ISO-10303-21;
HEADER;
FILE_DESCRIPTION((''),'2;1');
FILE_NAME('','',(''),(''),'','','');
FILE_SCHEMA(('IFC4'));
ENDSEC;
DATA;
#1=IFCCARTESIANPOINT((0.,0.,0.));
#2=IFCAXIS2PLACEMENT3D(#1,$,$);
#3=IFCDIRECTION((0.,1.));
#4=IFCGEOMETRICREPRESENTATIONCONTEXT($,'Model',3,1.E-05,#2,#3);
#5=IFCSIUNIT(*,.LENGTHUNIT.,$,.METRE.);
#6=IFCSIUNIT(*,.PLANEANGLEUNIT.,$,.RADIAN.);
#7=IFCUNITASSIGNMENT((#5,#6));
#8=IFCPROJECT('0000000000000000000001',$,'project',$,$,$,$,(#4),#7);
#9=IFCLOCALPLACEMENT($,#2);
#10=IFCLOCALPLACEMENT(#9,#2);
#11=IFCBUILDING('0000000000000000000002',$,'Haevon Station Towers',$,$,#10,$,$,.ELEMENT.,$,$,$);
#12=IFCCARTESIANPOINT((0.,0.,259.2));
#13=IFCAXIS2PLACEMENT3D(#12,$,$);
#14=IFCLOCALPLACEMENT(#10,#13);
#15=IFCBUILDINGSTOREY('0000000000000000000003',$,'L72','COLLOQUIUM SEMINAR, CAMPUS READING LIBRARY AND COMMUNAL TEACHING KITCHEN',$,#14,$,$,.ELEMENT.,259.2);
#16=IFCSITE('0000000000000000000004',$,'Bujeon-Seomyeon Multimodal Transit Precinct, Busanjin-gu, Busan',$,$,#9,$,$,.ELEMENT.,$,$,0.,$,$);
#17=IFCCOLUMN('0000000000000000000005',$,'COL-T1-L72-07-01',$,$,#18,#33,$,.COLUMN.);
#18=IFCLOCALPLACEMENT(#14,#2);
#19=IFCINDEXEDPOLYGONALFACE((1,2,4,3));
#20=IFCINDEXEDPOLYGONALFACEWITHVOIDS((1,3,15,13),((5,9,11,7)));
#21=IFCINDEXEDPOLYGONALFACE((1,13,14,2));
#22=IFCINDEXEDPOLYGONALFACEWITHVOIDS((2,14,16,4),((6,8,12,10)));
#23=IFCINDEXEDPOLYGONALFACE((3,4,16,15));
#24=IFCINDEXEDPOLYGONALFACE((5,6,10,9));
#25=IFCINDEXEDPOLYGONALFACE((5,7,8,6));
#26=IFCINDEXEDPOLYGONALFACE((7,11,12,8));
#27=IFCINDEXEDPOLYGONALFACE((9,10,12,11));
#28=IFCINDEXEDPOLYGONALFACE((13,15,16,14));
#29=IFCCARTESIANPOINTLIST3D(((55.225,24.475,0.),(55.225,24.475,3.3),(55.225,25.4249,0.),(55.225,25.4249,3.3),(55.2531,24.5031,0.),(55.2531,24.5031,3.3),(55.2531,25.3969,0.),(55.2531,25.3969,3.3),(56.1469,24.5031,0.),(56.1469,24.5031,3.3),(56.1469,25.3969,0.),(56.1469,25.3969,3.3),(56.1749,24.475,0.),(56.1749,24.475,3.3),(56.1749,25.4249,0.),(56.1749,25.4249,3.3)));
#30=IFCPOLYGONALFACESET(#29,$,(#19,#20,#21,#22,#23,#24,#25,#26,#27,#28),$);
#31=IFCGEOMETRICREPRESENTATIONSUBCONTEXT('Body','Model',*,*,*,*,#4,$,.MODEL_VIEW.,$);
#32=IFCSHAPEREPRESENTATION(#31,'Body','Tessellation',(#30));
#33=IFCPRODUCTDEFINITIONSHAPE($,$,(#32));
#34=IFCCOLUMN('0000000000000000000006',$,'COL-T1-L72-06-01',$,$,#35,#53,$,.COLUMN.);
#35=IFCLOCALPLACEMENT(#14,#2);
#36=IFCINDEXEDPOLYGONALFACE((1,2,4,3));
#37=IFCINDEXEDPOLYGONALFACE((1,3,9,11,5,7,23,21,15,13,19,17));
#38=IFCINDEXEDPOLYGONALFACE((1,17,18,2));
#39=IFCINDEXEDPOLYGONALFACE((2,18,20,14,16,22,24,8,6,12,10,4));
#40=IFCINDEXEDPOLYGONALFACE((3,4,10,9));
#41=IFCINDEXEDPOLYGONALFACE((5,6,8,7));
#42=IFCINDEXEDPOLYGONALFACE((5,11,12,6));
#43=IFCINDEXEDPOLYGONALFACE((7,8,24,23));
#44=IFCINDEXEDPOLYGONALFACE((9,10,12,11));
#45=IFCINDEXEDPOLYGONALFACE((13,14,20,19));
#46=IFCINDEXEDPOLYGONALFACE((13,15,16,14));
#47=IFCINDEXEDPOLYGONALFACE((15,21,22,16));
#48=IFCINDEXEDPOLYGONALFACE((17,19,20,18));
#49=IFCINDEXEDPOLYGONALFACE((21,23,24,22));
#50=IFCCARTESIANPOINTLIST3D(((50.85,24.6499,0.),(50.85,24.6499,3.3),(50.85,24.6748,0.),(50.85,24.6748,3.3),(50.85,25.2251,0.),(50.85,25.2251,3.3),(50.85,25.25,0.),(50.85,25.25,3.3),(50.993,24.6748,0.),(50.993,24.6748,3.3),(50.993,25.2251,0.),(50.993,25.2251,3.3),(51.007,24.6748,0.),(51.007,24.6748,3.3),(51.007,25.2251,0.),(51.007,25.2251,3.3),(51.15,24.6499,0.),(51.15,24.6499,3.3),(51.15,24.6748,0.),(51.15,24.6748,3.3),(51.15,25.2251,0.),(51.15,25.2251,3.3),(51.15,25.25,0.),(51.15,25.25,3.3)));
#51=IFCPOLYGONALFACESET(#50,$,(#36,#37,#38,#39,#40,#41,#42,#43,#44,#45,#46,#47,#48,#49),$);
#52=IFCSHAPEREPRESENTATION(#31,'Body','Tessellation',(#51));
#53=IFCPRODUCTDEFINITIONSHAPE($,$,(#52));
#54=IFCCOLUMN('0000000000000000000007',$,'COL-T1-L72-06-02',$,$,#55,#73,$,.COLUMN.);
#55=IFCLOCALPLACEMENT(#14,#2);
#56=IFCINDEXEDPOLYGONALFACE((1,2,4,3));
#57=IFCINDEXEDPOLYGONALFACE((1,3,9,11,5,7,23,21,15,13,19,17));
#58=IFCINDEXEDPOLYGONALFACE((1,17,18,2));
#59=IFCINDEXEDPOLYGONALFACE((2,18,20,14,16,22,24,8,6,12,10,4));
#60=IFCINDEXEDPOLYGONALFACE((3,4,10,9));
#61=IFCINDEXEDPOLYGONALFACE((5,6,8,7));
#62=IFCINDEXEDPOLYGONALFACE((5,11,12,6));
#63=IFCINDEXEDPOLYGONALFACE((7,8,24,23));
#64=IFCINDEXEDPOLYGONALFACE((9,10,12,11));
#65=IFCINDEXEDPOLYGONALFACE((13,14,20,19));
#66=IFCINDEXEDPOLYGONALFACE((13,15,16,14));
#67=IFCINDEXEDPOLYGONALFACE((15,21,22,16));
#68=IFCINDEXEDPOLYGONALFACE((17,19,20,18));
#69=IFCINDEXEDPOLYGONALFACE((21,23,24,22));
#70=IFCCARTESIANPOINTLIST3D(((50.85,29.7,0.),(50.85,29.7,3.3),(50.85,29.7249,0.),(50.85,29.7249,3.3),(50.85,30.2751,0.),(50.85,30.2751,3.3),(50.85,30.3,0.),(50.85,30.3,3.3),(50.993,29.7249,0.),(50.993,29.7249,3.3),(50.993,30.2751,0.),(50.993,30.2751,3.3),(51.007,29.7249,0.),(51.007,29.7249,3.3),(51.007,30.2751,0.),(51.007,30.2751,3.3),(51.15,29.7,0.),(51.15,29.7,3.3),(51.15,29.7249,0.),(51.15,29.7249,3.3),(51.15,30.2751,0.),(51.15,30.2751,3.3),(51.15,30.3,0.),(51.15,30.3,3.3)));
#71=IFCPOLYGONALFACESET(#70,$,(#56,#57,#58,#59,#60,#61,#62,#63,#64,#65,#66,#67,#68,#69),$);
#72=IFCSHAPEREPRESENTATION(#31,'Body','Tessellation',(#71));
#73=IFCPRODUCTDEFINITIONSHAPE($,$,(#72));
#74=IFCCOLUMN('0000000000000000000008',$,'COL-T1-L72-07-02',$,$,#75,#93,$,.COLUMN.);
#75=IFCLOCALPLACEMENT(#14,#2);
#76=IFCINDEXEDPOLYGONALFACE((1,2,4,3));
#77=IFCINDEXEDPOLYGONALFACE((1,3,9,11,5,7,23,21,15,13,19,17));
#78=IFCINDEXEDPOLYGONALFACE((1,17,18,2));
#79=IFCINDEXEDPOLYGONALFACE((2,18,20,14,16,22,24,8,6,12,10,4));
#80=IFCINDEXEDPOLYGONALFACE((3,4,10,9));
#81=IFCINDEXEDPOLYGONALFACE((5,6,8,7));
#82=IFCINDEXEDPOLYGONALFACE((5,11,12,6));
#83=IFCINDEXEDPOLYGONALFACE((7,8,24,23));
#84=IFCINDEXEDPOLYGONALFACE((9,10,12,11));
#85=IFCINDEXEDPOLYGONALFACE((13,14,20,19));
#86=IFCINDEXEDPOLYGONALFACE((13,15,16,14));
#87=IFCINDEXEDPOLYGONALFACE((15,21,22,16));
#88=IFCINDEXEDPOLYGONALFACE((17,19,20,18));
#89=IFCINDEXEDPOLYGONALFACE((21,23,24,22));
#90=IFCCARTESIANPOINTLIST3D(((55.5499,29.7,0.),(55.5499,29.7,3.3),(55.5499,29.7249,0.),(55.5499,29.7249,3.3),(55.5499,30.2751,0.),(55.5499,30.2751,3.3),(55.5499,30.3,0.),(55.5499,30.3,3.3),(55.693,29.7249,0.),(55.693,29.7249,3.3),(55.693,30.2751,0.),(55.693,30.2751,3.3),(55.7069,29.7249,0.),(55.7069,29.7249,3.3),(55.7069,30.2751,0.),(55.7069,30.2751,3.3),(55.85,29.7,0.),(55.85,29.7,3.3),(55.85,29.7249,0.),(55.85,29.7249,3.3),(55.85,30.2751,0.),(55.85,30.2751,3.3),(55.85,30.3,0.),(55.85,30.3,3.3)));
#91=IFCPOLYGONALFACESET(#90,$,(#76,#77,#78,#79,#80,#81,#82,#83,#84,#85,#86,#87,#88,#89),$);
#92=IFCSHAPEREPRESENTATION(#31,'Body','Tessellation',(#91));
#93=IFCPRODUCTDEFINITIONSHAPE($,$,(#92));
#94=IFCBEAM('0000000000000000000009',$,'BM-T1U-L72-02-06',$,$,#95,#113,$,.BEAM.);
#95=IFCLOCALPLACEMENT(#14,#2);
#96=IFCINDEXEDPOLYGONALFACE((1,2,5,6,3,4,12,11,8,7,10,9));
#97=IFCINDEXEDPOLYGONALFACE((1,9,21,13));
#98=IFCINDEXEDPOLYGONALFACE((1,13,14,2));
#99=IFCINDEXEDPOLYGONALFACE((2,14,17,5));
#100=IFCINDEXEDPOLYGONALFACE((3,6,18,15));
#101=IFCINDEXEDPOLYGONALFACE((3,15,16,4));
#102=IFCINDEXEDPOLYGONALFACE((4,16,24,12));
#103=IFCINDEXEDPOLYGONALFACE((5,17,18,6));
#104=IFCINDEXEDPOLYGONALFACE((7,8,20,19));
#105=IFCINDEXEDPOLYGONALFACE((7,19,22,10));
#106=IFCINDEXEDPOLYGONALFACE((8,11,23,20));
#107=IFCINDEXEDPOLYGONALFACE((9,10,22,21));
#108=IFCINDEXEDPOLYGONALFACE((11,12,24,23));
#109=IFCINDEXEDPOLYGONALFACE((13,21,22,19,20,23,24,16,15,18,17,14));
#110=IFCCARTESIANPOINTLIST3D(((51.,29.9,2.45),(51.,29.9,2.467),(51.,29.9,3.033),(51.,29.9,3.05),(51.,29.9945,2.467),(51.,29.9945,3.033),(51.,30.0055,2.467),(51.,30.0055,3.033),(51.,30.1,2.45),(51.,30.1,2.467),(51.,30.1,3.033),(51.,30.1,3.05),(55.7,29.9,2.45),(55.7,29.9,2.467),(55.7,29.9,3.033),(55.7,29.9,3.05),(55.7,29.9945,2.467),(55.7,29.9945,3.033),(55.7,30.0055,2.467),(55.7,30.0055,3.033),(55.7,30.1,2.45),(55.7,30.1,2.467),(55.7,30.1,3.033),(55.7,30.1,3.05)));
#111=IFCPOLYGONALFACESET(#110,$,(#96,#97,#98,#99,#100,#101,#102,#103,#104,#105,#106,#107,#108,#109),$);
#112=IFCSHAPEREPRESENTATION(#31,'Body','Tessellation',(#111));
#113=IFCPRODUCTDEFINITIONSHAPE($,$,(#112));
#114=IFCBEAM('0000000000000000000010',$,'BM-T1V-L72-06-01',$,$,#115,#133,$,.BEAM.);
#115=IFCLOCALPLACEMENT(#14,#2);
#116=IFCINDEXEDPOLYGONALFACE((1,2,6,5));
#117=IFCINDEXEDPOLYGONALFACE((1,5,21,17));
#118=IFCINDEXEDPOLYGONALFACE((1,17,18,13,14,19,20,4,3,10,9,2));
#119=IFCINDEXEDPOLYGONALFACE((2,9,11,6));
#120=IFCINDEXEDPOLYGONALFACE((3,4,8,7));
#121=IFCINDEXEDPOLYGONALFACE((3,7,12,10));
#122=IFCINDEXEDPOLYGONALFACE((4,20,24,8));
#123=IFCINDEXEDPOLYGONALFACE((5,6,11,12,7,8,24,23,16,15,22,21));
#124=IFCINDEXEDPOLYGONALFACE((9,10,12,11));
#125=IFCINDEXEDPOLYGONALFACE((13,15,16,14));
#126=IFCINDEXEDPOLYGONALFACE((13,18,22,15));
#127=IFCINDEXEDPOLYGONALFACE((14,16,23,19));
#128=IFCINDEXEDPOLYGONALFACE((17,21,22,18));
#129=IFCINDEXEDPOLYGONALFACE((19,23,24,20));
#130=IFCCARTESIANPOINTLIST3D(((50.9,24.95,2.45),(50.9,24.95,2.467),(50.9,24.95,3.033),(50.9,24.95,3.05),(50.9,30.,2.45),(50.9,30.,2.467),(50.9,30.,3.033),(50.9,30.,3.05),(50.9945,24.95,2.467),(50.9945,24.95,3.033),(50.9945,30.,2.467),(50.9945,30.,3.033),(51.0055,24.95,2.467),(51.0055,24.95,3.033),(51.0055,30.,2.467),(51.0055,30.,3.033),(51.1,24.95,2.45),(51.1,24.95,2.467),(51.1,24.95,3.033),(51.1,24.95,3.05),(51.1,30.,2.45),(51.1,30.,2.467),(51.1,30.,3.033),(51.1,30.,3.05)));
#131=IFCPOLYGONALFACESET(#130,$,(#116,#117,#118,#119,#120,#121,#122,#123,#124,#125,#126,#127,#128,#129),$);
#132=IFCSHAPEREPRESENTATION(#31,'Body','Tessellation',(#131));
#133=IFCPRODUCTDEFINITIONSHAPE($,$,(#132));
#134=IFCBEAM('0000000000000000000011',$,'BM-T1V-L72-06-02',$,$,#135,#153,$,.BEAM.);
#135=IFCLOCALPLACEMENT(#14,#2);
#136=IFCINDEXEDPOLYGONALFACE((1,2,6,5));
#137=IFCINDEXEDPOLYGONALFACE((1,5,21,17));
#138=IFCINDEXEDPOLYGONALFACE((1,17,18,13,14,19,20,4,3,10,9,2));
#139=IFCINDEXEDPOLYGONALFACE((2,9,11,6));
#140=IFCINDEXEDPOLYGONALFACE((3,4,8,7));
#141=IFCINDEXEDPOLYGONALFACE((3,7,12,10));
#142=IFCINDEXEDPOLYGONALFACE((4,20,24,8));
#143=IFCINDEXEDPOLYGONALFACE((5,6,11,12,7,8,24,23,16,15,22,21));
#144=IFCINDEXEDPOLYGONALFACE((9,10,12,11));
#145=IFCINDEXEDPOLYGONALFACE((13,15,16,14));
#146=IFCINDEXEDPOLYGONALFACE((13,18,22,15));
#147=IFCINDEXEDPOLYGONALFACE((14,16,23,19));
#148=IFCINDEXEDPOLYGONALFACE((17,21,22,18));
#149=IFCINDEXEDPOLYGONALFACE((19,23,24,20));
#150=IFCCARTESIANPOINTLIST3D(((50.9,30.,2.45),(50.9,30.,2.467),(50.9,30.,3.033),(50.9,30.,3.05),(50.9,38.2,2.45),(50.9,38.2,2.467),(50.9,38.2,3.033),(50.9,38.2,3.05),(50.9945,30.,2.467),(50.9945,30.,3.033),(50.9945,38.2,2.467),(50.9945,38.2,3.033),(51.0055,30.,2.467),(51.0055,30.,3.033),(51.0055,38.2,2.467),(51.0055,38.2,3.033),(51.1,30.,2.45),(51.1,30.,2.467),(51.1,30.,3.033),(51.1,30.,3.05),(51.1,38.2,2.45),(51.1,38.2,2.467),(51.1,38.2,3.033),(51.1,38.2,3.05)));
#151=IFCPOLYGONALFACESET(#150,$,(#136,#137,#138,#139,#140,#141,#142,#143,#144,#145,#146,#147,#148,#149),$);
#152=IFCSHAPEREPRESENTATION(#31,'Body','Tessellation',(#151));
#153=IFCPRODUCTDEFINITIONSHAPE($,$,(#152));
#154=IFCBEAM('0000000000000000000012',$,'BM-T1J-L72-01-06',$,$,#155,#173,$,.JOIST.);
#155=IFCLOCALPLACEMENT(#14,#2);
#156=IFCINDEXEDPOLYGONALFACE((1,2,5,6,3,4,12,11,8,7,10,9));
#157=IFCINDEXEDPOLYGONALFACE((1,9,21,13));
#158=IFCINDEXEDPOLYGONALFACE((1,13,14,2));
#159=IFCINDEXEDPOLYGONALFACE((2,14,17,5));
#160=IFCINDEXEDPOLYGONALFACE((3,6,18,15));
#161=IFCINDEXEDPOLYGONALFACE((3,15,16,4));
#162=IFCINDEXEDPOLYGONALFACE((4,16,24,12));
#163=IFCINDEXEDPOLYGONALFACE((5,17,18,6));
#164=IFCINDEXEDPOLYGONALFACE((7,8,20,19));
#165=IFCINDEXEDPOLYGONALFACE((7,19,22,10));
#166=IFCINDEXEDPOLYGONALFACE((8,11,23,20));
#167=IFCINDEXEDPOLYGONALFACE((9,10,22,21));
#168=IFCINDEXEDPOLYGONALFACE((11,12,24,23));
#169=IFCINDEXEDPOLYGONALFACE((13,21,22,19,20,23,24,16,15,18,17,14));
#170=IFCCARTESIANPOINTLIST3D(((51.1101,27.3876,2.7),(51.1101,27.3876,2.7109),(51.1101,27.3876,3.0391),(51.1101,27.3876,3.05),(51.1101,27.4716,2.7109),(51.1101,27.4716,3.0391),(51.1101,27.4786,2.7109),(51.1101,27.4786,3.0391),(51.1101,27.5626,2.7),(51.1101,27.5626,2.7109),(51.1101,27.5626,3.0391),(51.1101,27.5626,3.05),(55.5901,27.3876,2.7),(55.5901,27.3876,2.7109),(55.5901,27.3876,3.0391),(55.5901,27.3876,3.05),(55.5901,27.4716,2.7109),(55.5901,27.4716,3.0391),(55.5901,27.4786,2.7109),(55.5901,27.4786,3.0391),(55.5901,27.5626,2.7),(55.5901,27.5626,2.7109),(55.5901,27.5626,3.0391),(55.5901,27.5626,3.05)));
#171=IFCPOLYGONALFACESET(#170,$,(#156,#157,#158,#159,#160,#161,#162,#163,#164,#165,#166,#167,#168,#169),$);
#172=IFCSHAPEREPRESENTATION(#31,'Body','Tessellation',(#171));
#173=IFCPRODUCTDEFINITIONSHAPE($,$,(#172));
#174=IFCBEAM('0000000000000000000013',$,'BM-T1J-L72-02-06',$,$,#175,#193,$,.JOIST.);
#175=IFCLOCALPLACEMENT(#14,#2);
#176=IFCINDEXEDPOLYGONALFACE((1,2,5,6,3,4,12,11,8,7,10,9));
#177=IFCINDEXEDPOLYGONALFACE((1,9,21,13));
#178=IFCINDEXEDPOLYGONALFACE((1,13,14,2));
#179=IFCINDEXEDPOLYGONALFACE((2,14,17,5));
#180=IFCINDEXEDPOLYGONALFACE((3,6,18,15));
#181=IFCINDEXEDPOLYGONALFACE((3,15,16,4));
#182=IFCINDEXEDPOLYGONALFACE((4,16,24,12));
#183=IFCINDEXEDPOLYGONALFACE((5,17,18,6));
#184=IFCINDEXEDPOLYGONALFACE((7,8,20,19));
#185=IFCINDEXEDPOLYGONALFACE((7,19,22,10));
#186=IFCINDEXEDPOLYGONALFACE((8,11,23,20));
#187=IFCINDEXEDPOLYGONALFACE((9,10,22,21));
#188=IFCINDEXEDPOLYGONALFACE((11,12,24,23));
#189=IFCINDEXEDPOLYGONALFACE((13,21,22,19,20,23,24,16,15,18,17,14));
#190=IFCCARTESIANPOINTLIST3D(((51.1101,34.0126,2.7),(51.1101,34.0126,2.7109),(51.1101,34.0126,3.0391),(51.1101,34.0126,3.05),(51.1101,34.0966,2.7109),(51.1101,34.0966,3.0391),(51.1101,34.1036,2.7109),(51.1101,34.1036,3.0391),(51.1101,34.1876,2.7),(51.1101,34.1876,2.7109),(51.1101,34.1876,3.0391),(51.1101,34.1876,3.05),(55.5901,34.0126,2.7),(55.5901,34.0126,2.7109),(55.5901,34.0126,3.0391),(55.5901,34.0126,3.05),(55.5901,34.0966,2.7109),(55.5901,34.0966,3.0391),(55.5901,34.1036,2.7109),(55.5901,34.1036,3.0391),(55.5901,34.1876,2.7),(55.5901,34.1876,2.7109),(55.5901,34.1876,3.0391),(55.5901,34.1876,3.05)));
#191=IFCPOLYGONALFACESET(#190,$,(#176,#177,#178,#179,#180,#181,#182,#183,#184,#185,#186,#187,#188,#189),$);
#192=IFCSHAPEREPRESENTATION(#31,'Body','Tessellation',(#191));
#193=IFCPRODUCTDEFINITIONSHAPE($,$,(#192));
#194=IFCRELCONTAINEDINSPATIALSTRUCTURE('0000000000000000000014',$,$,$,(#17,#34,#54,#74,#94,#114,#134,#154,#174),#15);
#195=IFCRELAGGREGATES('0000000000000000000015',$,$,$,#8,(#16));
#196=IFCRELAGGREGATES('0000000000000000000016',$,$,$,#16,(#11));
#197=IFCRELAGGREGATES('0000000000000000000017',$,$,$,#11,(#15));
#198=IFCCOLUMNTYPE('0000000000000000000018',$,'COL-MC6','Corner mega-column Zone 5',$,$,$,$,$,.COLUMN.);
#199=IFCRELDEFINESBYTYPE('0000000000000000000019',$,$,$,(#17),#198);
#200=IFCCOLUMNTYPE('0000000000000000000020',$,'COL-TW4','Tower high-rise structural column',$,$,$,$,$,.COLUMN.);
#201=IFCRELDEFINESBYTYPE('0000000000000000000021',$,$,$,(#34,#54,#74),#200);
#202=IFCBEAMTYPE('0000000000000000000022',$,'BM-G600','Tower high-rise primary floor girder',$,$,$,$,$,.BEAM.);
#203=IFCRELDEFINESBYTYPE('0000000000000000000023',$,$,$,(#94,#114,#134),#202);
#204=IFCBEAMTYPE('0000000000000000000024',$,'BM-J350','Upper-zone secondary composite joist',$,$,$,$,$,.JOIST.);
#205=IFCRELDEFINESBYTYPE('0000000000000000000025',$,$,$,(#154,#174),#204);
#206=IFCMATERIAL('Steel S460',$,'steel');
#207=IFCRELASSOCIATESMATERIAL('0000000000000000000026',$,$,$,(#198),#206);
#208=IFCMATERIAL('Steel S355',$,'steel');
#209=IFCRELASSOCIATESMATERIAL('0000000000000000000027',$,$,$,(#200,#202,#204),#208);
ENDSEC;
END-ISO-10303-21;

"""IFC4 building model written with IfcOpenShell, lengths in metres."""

from ifc_helpers import new_model, si_unit, direction, frame, origin, origin_2d, place, context, subcontext, project, spatial, hollow_rectangle, i_section, extrude, material, material_profile, profile_set, type_object, element, save


model = new_model("IFC4")

# Units and contexts
model_context = context("Model", 3, precision=1e-05, world=origin(), true_north=direction((0.0, 1.0)))
body_context = subcontext(model_context, "Body", "Model", "MODEL_VIEW")
ifc_project = project(units=[si_unit("LENGTHUNIT", "METRE"), si_unit("PLANEANGLEUNIT", "RADIAN")], contexts=[model_context])

# Site, building, storey
site_placement = place(None, origin())
site = spatial("IfcSite", under=ifc_project, at=site_placement, Name="Bujeon-Seomyeon Multimodal Transit Precinct, Busanjin-gu, Busan", CompositionType="ELEMENT", RefElevation=0.0)
building_placement = place(site_placement, origin())
building = spatial("IfcBuilding", under=site, at=building_placement, Name="Haevon Station Towers", CompositionType="ELEMENT")
storey_placement = place(building_placement, frame((0.0, 0.0, 259.2)))
storey = spatial("IfcBuildingStorey", under=building, at=storey_placement, Name="L72", Description="COLLOQUIUM SEMINAR, CAMPUS READING LIBRARY AND COMMUNAL TEACHING KITCHEN", CompositionType="ELEMENT", Elevation=259.2)

# Columns
ifc_material_1 = material(Name="Steel S460", Category="steel")
ifc_material_profile_1 = material_profile(ifc_material_1, hollow_rectangle(XDim=0.95, YDim=0.95, WallThickness=0.0281, at=origin_2d()), Name="BOX-950x950x28")
ifc_profile_set_1 = profile_set([ifc_material_profile_1], Name="Steel S460")
column_type_1 = type_object("IfcColumnType", Name="COL-MC6", Description="Corner mega-column Zone 5", PredefinedType="COLUMN", material=ifc_profile_set_1)
column_placement = place(storey_placement, frame((55.7, 24.95, 0.0), z_axis=(0.0, 0.0, 1.0), x_axis=(1.0, 0.0, 0.0)))
element("IfcColumn", 1, at=column_placement, inside=storey, type_object=column_type_1, Name="COL-T1-L72-07-01", PredefinedType="COLUMN", context=body_context, shape_type="SweptSolid", body=[
    extrude(hollow_rectangle(XDim=0.95, YDim=0.95, WallThickness=0.0281, at=origin_2d()), origin(), (0.0, 0.0, 1.0), 3.3),
])
ifc_material_2 = material(Name="Steel S355", Category="steel")
ifc_material_profile_2 = material_profile(ifc_material_2, i_section(OverallWidth=0.3, OverallDepth=0.6001, WebThickness=0.0139, FlangeThickness=0.0249, at=origin_2d()), Name="H-600x300x14x25")
ifc_profile_set_2 = profile_set([ifc_material_profile_2], Name="Steel S355")
column_type_2 = type_object("IfcColumnType", Name="COL-TW4", Description="Tower high-rise structural column", PredefinedType="COLUMN", material=ifc_profile_set_2)
for number, where, z_axis, x_axis, name in (
    (2, (51.0, 24.95, 0.0), (0.0, 0.0, 1.0), (1.0, 0.0, 0.0), "COL-T1-L72-06-01"),
    (3, (51.0, 30.0, 0.0), (0.0, 0.0, 1.0), (1.0, 0.0, 0.0), "COL-T1-L72-06-02"),
    (4, (55.7, 30.0, 0.0), (0.0, 0.0, 1.0), (1.0, 0.0, 0.0), "COL-T1-L72-07-02"),
):
    element("IfcColumn", number, at=place(storey_placement, frame(where, z_axis=z_axis, x_axis=x_axis)), inside=storey, type_object=column_type_2, Name=name, PredefinedType="COLUMN", context=body_context, shape_type="SweptSolid", body=[
        extrude(i_section(OverallWidth=0.3, OverallDepth=0.6001, WebThickness=0.0139, FlangeThickness=0.0249, at=origin_2d()), origin(), (0.0, 0.0, 1.0), 3.3),
    ])

# Beams
ifc_material_profile_3 = material_profile(ifc_material_2, i_section(OverallWidth=0.2, OverallDepth=0.6001, WebThickness=0.011, FlangeThickness=0.0171, at=origin_2d()), Name="H-600x200x11x17")
ifc_profile_set_3 = profile_set([ifc_material_profile_3], Name="Steel S355")
beam_type_1 = type_object("IfcBeamType", Name="BM-G600", Description="Tower high-rise primary floor girder", PredefinedType="BEAM", material=ifc_profile_set_3)
beam_1_placement = place(storey_placement, frame((51.0, 30.0, 2.75), z_axis=(1.0, 0.0, 0.0), x_axis=(0.0, 1.0, 0.0)))
element("IfcBeam", 5, at=beam_1_placement, inside=storey, type_object=beam_type_1, Name="BM-T1U-L72-02-06", PredefinedType="BEAM", context=body_context, shape_type="SweptSolid", body=[
    extrude(i_section(OverallWidth=0.2, OverallDepth=0.6001, WebThickness=0.011, FlangeThickness=0.0171, at=origin_2d()), origin(), (0.0, 0.0, 1.0), 4.7),
])
beam_2_placement = place(storey_placement, frame((51.0, 24.95, 2.75), z_axis=(0.0, 1.0, 0.0), x_axis=(-1.0, 0.0, 0.0)))
element("IfcBeam", 6, at=beam_2_placement, inside=storey, type_object=beam_type_1, Name="BM-T1V-L72-06-01", PredefinedType="BEAM", context=body_context, shape_type="SweptSolid", body=[
    extrude(i_section(OverallWidth=0.2, OverallDepth=0.6001, WebThickness=0.011, FlangeThickness=0.0171, at=origin_2d()), origin(), (0.0, 0.0, 1.0), 5.05),
])
beam_3_placement = place(storey_placement, frame((51.0, 30.0, 2.75), z_axis=(0.0, 1.0, 0.0), x_axis=(-1.0, 0.0, 0.0)))
element("IfcBeam", 7, at=beam_3_placement, inside=storey, type_object=beam_type_1, Name="BM-T1V-L72-06-02", PredefinedType="BEAM", context=body_context, shape_type="SweptSolid", body=[
    extrude(i_section(OverallWidth=0.2, OverallDepth=0.6001, WebThickness=0.011, FlangeThickness=0.0171, at=origin_2d()), origin(), (0.0, 0.0, 1.0), 8.2),
])
ifc_material_profile_4 = material_profile(ifc_material_2, i_section(OverallWidth=0.175, OverallDepth=0.3501, WebThickness=0.0071, FlangeThickness=0.011, at=origin_2d()), Name="H-350x175x7x11")
ifc_profile_set_4 = profile_set([ifc_material_profile_4], Name="Steel S355")
beam_type_2 = type_object("IfcBeamType", Name="BM-J350", Description="Upper-zone secondary composite joist", PredefinedType="JOIST", material=ifc_profile_set_4)
for number, where, z_axis, x_axis, name in (
    (8, (51.1101, 27.4751, 2.875), (1.0, 0.0, 0.0), (0.0, 1.0, 0.0), "BM-T1J-L72-01-06"),
    (9, (51.1101, 34.1001, 2.875), (1.0, 0.0, 0.0), (0.0, 1.0, 0.0), "BM-T1J-L72-02-06"),
):
    element("IfcBeam", number, at=place(storey_placement, frame(where, z_axis=z_axis, x_axis=x_axis)), inside=storey, type_object=beam_type_2, Name=name, PredefinedType="JOIST", context=body_context, shape_type="SweptSolid", body=[
        extrude(i_section(OverallWidth=0.175, OverallDepth=0.3501, WebThickness=0.0071, FlangeThickness=0.011, at=origin_2d()), origin(), (0.0, 0.0, 1.0), 4.48),
    ])

save(model, "model.ifc")
